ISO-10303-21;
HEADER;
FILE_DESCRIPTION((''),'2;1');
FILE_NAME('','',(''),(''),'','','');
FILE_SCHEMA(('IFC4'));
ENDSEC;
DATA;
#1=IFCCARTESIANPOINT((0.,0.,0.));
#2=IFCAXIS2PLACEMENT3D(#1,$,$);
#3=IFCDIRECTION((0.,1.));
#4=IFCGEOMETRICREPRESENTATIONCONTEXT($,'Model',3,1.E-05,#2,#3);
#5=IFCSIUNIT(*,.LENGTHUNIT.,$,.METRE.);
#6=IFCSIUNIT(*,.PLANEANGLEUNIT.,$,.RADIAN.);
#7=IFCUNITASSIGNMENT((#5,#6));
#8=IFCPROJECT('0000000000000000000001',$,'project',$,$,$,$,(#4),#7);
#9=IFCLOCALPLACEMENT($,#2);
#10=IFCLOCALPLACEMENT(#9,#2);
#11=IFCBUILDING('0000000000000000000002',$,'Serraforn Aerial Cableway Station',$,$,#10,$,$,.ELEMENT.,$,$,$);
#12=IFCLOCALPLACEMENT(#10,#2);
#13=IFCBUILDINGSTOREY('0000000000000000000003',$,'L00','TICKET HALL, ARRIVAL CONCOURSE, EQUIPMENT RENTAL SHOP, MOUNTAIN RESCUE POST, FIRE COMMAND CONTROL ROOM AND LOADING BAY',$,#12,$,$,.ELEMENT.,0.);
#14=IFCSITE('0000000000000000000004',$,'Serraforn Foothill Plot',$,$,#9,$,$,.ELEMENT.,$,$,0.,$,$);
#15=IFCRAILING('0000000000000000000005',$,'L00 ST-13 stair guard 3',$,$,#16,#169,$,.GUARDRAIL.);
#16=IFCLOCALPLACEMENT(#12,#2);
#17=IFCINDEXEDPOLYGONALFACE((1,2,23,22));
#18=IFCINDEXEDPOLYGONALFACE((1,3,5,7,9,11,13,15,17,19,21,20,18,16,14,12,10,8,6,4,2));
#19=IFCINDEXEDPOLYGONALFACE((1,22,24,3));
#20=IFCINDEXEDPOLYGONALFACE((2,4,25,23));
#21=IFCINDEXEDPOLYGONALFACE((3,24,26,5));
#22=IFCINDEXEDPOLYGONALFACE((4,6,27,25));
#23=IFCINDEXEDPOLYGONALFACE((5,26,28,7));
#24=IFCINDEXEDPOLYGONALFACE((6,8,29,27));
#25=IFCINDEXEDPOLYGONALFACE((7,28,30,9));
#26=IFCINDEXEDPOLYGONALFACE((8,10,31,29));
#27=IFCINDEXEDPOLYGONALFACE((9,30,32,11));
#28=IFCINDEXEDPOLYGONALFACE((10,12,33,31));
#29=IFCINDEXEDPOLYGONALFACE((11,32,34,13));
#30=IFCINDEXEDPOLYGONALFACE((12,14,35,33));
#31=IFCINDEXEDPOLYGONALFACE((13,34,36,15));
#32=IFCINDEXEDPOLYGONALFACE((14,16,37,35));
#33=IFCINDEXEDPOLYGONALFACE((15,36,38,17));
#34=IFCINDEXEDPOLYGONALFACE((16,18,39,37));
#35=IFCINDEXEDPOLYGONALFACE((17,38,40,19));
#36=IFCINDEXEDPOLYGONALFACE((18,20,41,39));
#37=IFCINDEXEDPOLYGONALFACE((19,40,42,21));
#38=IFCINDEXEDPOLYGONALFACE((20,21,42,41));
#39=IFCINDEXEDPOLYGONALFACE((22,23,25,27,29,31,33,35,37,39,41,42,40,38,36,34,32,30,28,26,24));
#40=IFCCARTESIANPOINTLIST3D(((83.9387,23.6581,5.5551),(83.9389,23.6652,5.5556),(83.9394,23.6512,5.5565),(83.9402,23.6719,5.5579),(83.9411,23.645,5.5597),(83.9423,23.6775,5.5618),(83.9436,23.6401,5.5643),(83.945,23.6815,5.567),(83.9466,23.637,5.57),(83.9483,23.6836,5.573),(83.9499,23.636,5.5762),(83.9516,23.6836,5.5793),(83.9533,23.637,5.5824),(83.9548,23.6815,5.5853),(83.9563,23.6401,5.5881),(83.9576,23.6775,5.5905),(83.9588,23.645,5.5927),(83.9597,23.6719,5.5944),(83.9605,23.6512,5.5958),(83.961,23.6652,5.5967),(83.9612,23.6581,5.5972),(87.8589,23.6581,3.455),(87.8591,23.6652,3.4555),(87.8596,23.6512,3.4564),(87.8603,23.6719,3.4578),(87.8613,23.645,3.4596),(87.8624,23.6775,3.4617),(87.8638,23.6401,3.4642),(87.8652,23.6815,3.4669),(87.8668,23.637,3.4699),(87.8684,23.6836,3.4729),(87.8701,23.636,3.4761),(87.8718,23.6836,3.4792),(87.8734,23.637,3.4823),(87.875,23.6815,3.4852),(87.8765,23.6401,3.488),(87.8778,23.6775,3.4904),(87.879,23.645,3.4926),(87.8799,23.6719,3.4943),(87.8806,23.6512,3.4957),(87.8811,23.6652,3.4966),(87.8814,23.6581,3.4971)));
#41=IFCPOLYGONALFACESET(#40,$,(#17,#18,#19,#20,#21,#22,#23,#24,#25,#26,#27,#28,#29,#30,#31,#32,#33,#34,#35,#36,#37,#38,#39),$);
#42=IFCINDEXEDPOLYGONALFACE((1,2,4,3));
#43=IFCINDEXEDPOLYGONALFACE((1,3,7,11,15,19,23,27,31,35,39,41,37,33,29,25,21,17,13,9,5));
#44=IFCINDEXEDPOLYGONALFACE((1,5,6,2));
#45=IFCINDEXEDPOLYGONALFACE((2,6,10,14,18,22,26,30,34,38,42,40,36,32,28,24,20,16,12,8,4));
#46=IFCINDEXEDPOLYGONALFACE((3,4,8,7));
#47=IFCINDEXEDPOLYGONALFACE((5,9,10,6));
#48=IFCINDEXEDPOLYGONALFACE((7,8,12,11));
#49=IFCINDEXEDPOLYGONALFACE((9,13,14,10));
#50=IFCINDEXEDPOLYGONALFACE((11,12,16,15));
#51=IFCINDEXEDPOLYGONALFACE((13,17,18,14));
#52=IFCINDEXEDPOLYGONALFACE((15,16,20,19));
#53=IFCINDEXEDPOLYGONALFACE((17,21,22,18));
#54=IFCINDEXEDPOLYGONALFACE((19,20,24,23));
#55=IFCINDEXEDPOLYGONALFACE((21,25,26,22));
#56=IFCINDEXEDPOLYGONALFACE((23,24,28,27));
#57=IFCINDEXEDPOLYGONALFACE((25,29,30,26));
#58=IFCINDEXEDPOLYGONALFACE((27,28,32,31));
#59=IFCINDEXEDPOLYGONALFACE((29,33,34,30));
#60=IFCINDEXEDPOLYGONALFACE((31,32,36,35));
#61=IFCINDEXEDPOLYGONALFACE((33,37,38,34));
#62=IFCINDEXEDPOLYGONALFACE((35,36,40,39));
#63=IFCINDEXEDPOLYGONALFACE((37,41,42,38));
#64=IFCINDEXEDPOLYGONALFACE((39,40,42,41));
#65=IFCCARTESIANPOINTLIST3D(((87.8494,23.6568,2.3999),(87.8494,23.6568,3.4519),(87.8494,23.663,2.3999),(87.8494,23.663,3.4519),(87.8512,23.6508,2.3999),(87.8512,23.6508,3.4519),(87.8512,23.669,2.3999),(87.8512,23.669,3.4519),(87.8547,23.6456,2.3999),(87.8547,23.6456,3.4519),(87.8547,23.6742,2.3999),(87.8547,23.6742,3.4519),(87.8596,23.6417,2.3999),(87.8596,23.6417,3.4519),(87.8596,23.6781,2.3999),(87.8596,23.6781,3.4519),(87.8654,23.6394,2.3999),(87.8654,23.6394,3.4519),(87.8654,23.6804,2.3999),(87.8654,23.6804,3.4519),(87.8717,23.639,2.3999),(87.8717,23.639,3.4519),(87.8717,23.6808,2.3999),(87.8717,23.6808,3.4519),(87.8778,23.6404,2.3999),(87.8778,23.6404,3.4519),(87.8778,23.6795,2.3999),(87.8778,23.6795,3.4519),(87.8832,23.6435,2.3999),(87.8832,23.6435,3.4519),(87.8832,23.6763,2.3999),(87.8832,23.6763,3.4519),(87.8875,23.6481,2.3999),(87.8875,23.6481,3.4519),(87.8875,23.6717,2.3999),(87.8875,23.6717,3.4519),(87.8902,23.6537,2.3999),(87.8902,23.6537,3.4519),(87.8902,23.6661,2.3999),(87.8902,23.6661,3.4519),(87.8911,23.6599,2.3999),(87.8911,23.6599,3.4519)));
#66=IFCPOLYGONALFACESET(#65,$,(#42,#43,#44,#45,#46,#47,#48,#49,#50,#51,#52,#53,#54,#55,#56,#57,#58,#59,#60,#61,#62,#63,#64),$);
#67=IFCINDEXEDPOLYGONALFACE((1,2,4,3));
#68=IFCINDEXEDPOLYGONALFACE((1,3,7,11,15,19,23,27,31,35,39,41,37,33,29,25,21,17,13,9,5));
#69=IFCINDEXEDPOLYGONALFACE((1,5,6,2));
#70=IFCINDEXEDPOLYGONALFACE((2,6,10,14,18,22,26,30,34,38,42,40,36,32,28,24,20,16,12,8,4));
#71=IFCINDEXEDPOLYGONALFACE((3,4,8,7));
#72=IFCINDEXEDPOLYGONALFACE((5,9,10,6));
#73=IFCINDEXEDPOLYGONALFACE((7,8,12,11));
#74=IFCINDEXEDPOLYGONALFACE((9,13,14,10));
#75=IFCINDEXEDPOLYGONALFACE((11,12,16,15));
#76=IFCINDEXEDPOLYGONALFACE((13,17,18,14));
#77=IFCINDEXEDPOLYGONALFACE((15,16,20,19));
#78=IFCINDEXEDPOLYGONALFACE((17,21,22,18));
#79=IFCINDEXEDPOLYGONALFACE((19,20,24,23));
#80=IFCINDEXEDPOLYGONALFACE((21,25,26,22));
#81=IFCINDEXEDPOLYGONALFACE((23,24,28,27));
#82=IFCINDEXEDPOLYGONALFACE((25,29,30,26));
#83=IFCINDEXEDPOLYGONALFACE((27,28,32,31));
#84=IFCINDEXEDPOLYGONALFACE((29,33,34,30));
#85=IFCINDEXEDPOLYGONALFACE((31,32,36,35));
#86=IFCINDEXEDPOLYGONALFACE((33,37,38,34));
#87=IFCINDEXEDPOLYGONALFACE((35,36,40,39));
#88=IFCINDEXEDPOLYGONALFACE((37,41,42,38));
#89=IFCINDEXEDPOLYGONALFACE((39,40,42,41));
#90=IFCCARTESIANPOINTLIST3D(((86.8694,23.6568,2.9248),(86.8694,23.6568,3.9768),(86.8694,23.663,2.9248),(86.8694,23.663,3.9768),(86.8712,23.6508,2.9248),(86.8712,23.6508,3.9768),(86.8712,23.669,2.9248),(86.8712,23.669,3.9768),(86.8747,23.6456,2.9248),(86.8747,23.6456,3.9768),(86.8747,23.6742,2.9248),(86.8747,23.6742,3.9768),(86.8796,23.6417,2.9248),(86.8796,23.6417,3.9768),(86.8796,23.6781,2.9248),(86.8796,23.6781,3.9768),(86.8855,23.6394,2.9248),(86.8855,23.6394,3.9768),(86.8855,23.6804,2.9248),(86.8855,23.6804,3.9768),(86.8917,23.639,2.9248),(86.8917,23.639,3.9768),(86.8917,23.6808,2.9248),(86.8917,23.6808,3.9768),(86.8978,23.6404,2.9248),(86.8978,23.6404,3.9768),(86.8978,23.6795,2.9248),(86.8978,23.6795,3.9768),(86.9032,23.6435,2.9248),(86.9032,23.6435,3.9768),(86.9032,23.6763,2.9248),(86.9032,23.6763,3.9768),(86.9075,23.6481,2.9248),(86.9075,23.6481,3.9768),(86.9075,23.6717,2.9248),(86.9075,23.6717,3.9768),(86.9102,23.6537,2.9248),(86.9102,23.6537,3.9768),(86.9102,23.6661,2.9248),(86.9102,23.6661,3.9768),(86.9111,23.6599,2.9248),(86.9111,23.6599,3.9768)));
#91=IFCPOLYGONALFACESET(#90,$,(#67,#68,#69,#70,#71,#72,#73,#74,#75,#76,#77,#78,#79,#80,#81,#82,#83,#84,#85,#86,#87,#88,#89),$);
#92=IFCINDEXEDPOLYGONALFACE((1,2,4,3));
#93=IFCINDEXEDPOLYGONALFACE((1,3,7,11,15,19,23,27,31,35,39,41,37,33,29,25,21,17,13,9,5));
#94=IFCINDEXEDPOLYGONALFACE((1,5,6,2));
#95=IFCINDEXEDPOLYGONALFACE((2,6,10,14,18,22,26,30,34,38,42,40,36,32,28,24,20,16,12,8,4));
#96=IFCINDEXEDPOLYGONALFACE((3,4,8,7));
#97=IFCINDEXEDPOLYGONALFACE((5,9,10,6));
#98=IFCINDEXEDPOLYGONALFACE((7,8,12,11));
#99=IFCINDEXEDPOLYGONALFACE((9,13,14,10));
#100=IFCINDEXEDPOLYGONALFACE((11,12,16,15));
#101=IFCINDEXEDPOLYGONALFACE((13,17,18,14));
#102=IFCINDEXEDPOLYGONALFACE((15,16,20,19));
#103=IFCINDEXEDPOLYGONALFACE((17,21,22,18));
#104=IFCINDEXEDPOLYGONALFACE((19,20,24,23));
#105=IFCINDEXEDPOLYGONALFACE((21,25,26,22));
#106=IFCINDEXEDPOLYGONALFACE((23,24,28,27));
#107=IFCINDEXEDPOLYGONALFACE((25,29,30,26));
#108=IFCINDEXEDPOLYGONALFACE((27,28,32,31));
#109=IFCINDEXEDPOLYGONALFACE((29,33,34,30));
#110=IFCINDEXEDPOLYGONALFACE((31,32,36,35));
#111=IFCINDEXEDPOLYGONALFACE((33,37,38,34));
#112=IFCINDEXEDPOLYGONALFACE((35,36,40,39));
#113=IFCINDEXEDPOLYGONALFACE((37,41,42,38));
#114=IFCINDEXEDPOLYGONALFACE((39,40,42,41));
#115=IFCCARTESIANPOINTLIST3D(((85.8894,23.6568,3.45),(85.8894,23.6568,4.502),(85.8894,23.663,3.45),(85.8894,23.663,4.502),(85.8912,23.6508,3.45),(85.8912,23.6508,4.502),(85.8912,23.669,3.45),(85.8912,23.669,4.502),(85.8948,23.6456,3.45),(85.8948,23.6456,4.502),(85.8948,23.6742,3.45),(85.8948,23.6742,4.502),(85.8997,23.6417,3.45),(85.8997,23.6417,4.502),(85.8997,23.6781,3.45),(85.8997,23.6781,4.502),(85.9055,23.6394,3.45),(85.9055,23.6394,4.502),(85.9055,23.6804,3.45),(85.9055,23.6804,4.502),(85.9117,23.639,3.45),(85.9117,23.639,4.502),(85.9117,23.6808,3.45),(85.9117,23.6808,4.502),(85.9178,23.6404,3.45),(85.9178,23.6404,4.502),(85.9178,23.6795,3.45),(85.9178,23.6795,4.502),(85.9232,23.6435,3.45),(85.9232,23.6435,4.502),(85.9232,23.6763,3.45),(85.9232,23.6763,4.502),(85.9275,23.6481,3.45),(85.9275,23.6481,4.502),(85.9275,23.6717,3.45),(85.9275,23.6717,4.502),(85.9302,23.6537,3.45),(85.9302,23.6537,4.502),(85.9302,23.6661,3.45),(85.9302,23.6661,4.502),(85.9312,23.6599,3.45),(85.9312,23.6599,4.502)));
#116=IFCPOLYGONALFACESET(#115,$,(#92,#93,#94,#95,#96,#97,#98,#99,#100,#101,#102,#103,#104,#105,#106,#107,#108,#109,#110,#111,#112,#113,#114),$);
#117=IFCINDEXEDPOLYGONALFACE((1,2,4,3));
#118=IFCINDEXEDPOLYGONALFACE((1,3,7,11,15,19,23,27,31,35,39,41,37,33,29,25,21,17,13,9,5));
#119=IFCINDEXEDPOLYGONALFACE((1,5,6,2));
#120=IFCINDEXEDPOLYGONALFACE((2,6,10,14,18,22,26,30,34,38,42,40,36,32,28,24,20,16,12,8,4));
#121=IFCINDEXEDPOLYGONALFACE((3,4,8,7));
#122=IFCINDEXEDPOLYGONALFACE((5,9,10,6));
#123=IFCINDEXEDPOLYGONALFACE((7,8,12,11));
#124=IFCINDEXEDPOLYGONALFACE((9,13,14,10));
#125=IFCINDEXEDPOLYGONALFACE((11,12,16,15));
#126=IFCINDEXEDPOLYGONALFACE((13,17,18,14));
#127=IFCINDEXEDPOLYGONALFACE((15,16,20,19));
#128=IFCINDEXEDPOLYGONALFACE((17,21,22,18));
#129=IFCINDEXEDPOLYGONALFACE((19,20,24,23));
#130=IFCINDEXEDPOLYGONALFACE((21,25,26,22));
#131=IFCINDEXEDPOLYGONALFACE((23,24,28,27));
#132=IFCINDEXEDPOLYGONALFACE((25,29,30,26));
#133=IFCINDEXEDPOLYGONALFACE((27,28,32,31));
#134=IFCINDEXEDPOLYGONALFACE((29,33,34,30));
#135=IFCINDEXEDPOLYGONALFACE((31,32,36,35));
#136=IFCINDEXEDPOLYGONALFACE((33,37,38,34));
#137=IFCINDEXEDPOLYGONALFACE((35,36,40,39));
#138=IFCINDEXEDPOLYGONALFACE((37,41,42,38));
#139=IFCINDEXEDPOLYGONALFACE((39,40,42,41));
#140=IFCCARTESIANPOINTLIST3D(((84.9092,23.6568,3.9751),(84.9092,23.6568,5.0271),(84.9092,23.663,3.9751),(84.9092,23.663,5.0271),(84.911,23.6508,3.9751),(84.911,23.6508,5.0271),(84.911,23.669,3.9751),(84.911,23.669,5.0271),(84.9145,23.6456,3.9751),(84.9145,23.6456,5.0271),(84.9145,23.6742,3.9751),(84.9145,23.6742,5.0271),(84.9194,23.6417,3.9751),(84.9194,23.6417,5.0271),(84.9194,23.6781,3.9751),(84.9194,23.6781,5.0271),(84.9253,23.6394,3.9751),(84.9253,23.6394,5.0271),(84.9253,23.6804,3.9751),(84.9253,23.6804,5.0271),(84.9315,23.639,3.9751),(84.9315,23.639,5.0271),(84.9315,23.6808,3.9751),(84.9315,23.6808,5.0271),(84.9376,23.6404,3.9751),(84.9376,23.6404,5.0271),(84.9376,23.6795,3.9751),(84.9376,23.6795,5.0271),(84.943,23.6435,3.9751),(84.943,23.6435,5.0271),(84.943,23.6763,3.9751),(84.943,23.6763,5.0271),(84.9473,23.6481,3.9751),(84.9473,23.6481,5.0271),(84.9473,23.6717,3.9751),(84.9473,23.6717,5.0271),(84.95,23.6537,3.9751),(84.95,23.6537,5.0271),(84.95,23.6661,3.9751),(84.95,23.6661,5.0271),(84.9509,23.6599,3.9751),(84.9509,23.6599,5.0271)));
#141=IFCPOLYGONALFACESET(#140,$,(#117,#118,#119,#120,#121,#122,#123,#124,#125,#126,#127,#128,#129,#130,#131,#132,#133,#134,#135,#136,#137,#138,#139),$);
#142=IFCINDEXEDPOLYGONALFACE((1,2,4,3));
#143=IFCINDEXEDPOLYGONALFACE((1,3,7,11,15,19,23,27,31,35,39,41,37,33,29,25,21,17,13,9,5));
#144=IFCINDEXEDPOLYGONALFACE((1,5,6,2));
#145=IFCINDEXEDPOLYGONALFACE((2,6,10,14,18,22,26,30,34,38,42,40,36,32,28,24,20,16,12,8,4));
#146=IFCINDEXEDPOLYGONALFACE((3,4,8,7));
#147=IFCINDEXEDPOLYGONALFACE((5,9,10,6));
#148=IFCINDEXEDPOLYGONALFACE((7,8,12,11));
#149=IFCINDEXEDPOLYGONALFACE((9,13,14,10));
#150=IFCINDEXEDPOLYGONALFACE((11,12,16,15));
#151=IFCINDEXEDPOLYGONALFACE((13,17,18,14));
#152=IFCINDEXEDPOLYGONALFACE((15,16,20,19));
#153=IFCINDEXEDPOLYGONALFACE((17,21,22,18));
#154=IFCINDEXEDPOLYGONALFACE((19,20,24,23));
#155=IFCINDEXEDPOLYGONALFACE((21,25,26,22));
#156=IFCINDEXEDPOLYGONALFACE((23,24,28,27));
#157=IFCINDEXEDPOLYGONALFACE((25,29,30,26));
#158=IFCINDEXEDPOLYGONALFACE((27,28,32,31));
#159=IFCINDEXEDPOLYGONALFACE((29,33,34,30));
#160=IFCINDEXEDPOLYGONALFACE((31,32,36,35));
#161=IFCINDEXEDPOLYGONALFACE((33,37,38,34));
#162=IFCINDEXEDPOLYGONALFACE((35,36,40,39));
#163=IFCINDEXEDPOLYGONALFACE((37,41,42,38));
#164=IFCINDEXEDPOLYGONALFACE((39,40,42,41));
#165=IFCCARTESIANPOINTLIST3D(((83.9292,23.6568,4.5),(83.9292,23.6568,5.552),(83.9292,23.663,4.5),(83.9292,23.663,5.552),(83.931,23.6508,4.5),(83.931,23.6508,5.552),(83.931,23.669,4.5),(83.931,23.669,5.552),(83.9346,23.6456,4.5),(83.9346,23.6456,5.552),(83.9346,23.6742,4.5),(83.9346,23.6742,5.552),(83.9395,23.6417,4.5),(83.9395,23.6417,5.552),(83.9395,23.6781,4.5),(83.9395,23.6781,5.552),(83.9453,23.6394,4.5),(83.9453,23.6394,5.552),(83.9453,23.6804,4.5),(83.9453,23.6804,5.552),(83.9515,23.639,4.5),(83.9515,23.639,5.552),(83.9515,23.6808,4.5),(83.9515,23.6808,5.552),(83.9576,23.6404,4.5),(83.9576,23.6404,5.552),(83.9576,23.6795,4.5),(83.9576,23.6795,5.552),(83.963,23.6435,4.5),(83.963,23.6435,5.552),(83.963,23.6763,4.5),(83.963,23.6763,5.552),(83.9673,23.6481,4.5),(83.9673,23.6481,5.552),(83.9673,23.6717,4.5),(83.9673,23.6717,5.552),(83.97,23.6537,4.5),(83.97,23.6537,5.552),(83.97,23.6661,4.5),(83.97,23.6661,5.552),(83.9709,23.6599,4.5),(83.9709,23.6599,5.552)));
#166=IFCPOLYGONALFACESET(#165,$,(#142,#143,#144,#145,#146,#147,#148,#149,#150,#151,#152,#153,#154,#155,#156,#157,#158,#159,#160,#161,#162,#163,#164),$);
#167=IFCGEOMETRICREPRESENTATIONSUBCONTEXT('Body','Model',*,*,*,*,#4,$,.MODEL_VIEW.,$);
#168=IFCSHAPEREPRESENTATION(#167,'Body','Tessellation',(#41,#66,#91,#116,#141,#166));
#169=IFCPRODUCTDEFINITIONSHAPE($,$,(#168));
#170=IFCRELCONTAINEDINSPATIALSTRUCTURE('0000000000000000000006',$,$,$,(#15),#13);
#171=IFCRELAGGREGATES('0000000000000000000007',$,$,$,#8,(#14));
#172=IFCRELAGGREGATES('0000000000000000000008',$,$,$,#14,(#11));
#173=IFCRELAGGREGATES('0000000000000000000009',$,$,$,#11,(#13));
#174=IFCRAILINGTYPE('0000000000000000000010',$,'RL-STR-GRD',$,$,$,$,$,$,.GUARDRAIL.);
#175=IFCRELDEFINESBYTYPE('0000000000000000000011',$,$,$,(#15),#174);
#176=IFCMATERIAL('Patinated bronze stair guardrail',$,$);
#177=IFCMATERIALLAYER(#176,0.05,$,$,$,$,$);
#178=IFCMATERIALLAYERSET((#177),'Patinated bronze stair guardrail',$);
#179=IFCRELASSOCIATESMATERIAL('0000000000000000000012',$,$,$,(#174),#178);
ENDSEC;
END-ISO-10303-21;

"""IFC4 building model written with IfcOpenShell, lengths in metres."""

from ifc_helpers import new_model, si_unit, direction, frame, origin, origin_2d, place, context, subcontext, project, spatial, circle, extrude, material, layer, layer_set, type_object, element, save


model = new_model("IFC4")

# Units and contexts
model_context = context("Model", 3, precision=1e-05, world=origin(), true_north=direction((0.0, 1.0)))
body_context = subcontext(model_context, "Body", "Model", "MODEL_VIEW")
ifc_project = project(units=[si_unit("LENGTHUNIT", "METRE"), si_unit("PLANEANGLEUNIT", "RADIAN")], contexts=[model_context])

# Site, building, storey
site_placement = place(None, origin())
site = spatial("IfcSite", under=ifc_project, at=site_placement, Name="Serraforn Foothill Plot", CompositionType="ELEMENT", RefElevation=0.0)
building_placement = place(site_placement, origin())
building = spatial("IfcBuilding", under=site, at=building_placement, Name="Serraforn Aerial Cableway Station", CompositionType="ELEMENT")
storey_placement = place(building_placement, origin())
storey = spatial("IfcBuildingStorey", under=building, at=storey_placement, Name="L00", Description="TICKET HALL, ARRIVAL CONCOURSE, EQUIPMENT RENTAL SHOP, MOUNTAIN RESCUE POST, FIRE COMMAND CONTROL ROOM AND LOADING BAY", CompositionType="ELEMENT", Elevation=0.0)

# Railing
ifc_material_1 = material(Name="Patinated bronze stair guardrail")
ifc_layer_1 = layer(ifc_material_1, 0.05)
ifc_layer_set_1 = layer_set([ifc_layer_1], Name="Patinated bronze stair guardrail")
railing_type_1 = type_object("IfcRailingType", Name="RL-STR-GRD", PredefinedType="GUARDRAIL", material=ifc_layer_set_1)
railing_1_placement = place(storey_placement, frame((87.8701, 23.6599, 2.3999)))
element("IfcRailing", 1, at=railing_1_placement, inside=storey, type_object=railing_type_1, Name="L00 ST-13 stair guard 3", PredefinedType="GUARDRAIL", context=body_context, shape_type="SweptSolid", body=[
    extrude(circle(Radius=0.0239, at=origin_2d()), frame((0.0, 0.0, 1.0762), z_axis=(-0.881479, 0.0, 0.472223), x_axis=(0.0, -1.0, 0.0)), (0.0, 0.0, 1.0), 4.4473),
    extrude(circle(Radius=0.021, at=origin_2d()), origin(), (0.0, 0.0, 1.0), 1.052),
    extrude(circle(Radius=0.021, at=origin_2d()), frame((-0.98, 0.0, 0.5249)), (0.0, 0.0, 1.0), 1.052),
    extrude(circle(Radius=0.021, at=origin_2d()), frame((-1.96, 0.0, 1.05)), (0.0, 0.0, 1.0), 1.052),
    extrude(circle(Radius=0.021, at=origin_2d()), frame((-2.9402, 0.0, 1.5752)), (0.0, 0.0, 1.0), 1.052),
    extrude(circle(Radius=0.021, at=origin_2d()), frame((-3.9202, 0.0, 2.1001)), (0.0, 0.0, 1.0), 1.052),
])

save(model, "model.ifc")
